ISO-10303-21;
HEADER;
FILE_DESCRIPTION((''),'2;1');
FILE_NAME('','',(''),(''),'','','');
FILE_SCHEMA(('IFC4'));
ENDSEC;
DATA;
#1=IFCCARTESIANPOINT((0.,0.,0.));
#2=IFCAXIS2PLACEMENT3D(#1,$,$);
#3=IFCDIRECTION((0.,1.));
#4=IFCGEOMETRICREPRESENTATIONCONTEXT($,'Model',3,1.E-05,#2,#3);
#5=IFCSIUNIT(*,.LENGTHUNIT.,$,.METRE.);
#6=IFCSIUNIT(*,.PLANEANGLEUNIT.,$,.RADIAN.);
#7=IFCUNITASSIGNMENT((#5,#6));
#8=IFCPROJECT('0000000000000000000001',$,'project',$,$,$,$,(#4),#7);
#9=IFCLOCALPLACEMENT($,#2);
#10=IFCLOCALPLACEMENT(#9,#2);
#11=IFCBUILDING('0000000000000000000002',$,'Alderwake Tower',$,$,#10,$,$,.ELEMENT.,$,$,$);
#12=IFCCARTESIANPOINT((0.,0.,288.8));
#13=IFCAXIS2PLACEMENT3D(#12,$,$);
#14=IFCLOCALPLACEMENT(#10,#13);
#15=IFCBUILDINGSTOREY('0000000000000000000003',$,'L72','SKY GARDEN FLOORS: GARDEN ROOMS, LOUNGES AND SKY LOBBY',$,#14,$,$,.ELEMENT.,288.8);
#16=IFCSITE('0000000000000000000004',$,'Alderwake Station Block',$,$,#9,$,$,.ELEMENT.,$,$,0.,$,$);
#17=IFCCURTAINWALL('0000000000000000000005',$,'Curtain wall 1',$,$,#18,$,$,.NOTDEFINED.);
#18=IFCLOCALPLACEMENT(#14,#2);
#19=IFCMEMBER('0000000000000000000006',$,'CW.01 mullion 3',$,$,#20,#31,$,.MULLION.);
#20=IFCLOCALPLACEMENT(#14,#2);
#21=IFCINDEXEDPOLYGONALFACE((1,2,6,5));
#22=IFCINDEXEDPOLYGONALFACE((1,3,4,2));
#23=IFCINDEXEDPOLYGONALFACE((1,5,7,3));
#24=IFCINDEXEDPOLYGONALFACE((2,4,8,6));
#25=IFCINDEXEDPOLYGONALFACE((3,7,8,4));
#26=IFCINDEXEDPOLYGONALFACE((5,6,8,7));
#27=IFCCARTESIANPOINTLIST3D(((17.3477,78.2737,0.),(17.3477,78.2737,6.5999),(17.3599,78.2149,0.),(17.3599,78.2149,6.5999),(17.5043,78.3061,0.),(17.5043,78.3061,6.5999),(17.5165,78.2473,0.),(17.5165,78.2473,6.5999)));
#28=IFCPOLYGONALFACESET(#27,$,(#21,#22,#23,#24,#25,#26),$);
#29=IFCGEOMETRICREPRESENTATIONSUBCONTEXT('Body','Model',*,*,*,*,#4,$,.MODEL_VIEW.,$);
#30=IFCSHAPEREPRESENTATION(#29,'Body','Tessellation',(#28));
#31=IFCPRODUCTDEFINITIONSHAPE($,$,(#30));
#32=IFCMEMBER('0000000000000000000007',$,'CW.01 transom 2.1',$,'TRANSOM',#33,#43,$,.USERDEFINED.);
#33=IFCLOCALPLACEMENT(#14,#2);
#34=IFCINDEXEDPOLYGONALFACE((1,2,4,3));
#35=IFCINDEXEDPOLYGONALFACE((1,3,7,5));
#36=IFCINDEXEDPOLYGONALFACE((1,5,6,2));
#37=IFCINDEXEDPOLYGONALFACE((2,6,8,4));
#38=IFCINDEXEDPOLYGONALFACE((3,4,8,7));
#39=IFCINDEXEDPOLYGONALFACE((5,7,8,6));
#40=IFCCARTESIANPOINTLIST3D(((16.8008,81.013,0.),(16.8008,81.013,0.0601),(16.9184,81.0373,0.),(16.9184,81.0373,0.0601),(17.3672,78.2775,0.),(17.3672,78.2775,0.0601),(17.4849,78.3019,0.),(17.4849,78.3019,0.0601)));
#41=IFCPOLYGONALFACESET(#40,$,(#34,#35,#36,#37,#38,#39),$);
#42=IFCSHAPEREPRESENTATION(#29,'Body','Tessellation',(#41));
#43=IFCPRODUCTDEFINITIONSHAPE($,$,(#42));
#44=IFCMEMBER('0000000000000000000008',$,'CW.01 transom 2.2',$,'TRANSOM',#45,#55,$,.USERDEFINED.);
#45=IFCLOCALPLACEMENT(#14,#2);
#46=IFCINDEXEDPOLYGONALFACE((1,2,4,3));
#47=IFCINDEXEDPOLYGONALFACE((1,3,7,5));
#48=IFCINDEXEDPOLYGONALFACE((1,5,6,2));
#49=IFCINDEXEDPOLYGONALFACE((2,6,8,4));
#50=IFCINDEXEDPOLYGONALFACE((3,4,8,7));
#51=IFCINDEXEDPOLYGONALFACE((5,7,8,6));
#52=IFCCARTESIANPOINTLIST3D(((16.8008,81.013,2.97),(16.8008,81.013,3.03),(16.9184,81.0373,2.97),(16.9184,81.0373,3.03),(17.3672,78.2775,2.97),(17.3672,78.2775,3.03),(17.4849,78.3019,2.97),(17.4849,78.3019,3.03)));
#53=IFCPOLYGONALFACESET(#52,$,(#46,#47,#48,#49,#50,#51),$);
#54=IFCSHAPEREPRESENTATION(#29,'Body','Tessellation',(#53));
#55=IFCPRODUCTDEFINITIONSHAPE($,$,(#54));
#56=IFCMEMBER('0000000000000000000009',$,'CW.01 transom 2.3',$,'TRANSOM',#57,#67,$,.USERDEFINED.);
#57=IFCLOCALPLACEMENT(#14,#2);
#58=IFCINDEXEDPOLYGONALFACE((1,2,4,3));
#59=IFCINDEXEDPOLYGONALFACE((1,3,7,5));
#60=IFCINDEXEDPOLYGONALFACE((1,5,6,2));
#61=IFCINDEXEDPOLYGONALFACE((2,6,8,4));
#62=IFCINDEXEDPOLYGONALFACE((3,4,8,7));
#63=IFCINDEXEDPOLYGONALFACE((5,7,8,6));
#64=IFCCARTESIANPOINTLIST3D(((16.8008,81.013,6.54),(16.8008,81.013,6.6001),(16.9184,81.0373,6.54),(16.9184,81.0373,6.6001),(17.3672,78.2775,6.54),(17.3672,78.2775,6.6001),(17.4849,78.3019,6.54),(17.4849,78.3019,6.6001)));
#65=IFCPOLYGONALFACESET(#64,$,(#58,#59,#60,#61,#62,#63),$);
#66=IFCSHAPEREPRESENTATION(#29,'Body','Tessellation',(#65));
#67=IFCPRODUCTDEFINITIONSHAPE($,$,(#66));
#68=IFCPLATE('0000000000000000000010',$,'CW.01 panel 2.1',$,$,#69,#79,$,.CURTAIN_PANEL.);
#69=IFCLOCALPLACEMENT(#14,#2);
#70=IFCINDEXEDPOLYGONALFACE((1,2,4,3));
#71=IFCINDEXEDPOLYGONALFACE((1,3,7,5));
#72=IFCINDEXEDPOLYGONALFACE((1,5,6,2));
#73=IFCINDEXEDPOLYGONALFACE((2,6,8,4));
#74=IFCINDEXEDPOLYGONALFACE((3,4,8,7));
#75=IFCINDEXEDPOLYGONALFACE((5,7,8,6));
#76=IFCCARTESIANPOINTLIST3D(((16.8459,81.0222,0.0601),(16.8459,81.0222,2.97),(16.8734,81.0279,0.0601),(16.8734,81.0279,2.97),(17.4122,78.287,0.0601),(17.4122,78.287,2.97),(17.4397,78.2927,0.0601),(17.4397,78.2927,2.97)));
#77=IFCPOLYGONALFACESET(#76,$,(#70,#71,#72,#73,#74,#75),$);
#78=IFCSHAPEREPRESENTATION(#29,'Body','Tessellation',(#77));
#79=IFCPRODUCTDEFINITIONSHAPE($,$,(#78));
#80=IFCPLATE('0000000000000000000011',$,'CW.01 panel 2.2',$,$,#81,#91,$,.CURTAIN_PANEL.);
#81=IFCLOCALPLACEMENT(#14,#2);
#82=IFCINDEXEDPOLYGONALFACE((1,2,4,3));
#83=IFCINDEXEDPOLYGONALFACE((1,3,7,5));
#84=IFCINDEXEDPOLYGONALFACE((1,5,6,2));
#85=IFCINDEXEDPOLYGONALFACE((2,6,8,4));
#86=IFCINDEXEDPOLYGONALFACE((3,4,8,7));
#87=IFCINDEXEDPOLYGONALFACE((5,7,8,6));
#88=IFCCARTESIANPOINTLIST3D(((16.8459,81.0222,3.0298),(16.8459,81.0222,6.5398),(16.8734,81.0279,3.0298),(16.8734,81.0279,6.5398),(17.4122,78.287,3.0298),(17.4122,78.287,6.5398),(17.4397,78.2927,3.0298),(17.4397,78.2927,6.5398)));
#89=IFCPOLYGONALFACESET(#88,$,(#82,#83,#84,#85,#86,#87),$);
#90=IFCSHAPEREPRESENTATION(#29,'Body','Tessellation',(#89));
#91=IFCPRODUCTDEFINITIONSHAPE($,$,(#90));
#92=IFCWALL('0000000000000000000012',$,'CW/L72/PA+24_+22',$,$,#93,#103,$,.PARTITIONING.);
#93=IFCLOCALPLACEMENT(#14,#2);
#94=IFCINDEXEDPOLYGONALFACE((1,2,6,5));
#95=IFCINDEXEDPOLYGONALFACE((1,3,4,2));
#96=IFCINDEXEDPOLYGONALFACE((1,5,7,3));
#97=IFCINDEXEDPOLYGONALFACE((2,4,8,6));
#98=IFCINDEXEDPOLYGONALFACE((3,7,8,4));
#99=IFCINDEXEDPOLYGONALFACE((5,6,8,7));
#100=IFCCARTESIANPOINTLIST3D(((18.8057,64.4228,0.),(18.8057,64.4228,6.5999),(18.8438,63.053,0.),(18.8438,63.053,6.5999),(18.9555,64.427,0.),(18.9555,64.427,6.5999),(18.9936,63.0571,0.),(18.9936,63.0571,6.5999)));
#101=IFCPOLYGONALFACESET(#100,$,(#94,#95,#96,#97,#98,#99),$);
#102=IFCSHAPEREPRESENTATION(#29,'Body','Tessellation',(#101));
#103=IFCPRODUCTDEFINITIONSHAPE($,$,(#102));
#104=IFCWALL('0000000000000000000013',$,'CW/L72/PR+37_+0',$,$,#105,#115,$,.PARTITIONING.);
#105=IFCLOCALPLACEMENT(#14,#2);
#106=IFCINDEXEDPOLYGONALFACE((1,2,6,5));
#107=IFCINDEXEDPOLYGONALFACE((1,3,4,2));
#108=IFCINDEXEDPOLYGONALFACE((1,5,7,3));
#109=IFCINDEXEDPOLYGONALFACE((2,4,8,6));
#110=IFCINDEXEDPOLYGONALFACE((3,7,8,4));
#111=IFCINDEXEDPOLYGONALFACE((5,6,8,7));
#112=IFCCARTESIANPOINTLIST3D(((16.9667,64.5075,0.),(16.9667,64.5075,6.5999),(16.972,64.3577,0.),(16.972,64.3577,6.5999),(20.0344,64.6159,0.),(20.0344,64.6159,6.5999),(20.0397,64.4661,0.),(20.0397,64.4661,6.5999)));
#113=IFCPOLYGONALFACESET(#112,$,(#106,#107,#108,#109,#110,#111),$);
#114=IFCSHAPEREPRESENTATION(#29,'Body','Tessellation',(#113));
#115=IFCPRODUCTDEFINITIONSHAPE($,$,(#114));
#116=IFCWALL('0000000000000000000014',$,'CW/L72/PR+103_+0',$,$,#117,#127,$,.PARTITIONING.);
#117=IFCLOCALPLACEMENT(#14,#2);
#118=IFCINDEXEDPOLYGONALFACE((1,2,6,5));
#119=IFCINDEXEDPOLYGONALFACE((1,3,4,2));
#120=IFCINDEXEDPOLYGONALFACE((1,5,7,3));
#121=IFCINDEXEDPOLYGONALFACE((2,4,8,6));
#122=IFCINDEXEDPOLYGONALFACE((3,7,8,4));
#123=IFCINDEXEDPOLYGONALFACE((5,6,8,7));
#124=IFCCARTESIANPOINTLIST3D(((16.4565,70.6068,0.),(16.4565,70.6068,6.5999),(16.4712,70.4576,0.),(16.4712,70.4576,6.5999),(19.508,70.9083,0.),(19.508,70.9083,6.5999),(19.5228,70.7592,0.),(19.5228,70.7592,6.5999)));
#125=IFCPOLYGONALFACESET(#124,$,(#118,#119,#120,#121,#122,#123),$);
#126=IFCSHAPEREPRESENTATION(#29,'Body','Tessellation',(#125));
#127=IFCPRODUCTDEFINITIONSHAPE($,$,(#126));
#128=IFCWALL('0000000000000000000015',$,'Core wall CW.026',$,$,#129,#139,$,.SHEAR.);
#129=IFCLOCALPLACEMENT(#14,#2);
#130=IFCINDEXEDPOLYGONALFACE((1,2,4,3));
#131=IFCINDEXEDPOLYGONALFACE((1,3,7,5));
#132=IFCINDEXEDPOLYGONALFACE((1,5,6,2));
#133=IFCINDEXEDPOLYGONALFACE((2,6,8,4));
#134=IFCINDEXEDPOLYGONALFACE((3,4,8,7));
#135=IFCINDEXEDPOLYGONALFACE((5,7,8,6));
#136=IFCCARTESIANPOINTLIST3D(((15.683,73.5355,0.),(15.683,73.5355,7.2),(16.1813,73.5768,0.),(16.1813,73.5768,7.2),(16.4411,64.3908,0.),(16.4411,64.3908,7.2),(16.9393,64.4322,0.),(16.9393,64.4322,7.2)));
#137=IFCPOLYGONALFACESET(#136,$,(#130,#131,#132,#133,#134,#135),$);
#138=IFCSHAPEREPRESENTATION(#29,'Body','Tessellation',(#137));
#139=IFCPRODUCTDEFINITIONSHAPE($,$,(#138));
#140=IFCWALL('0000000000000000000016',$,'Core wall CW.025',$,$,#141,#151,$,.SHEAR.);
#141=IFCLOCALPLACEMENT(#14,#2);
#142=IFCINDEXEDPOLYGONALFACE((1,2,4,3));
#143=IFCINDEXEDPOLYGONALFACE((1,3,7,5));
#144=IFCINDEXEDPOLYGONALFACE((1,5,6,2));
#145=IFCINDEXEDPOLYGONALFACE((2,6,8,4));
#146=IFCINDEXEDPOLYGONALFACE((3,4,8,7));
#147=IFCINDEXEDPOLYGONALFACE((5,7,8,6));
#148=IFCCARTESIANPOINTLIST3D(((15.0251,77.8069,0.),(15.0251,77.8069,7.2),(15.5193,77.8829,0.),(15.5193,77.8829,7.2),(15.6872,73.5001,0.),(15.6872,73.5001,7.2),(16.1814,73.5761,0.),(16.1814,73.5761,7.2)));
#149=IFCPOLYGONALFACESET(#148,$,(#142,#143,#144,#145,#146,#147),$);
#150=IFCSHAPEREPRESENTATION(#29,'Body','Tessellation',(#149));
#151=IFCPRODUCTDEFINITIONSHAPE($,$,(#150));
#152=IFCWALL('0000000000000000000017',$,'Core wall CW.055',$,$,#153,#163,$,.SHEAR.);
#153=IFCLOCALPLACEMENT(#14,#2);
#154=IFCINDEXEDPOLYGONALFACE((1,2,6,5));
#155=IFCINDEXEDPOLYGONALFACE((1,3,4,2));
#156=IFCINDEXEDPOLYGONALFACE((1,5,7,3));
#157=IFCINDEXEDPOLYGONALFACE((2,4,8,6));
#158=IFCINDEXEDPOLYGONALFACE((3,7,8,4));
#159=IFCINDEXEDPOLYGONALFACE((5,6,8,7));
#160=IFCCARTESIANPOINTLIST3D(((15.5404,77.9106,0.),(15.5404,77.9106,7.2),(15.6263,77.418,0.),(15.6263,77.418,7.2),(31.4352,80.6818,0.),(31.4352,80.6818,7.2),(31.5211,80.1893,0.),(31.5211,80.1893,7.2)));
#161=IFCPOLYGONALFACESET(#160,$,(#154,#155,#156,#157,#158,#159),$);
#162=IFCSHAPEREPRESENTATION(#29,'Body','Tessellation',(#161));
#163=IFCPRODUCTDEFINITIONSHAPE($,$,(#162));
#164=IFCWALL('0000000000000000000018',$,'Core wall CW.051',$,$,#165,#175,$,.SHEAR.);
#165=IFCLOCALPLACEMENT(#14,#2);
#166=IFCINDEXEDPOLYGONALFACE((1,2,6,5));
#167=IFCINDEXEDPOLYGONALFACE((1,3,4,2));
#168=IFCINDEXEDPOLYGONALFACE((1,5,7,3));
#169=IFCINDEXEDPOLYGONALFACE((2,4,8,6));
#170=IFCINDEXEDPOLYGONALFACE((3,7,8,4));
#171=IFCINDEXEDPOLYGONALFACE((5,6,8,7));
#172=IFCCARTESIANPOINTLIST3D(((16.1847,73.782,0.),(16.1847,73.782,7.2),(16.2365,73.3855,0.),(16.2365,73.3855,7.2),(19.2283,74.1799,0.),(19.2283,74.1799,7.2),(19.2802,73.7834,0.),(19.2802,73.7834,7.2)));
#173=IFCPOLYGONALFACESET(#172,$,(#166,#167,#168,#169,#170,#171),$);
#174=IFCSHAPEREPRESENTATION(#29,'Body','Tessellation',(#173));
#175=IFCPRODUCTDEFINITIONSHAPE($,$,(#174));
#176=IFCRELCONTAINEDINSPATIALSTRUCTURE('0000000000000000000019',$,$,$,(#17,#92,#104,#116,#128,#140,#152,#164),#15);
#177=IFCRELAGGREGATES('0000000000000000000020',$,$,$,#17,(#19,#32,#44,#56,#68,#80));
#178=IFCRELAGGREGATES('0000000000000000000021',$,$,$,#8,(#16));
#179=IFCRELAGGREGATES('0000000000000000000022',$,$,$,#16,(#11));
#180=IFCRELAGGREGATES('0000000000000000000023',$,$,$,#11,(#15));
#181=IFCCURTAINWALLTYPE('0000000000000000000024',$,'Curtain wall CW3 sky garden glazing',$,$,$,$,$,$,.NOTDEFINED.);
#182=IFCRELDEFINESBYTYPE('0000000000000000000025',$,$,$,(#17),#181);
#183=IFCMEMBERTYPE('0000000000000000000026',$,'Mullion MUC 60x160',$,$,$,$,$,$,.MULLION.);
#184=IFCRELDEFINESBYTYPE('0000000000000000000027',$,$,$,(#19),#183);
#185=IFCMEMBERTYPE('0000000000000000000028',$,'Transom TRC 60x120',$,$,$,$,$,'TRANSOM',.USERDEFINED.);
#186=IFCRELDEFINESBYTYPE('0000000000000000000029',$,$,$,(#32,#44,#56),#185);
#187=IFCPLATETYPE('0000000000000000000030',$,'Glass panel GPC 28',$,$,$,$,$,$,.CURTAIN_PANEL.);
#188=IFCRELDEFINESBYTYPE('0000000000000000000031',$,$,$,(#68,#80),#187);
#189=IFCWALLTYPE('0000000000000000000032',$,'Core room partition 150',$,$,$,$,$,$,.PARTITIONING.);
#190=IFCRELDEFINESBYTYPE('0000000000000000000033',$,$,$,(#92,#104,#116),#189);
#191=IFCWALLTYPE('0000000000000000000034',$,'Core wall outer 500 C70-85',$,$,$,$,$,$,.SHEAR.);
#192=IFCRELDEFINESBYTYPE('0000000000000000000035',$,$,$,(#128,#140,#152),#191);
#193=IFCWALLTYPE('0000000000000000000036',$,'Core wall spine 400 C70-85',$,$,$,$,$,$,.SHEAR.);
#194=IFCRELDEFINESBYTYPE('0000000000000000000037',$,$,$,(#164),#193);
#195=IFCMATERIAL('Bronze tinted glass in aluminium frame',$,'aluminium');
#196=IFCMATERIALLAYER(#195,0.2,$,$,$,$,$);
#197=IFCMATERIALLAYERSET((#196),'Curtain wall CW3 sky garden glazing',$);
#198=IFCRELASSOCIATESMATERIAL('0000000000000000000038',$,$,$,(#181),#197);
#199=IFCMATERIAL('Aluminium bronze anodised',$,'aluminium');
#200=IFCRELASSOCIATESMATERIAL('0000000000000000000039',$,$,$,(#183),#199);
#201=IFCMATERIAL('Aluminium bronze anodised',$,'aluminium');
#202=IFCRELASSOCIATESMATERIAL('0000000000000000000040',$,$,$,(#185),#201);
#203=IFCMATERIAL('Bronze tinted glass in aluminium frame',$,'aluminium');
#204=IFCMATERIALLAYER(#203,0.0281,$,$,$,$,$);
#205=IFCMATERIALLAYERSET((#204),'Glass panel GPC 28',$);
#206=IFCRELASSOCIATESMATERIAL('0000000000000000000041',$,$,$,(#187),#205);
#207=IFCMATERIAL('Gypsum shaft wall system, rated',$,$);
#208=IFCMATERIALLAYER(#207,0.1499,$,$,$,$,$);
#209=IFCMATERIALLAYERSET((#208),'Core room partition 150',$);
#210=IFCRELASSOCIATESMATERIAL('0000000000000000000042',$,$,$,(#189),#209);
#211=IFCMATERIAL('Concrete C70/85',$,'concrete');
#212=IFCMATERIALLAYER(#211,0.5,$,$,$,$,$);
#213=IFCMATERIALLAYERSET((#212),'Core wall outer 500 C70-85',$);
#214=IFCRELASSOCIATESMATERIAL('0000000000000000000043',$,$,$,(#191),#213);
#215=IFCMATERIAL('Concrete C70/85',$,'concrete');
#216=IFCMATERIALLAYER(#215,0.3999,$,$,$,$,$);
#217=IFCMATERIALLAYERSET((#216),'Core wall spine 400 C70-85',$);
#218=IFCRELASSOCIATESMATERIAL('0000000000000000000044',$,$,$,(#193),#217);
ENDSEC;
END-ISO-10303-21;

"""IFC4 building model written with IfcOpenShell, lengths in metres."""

from ifc_helpers import new_model, si_unit, direction, frame, frame_2d, origin, origin_2d, place, context, subcontext, project, spatial, rectangle, extrude, material, layer, layer_set, material_profile, profile_set, type_object, element, aggregate, save


model = new_model("IFC4")

# Units and contexts
model_context = context("Model", 3, precision=1e-05, world=origin(), true_north=direction((0.0, 1.0)))
body_context = subcontext(model_context, "Body", "Model", "MODEL_VIEW")
ifc_project = project(units=[si_unit("LENGTHUNIT", "METRE"), si_unit("PLANEANGLEUNIT", "RADIAN")], contexts=[model_context])

# Site, building, storey
site_placement = place(None, origin())
site = spatial("IfcSite", under=ifc_project, at=site_placement, Name="Alderwake Station Block", CompositionType="ELEMENT", RefElevation=0.0)
building_placement = place(site_placement, origin())
building = spatial("IfcBuilding", under=site, at=building_placement, Name="Alderwake Tower", CompositionType="ELEMENT")
storey_placement = place(building_placement, frame((0.0, 0.0, 288.8)))
storey = spatial("IfcBuildingStorey", under=building, at=storey_placement, Name="L72", Description="SKY GARDEN FLOORS: GARDEN ROOMS, LOUNGES AND SKY LOBBY", CompositionType="ELEMENT", Elevation=288.8)

# Curtain wall, members, plates
ifc_material_1 = material(Name="Bronze tinted glass in aluminium frame", Category="aluminium")
ifc_layer_1 = layer(ifc_material_1, 0.2)
ifc_layer_set_1 = layer_set([ifc_layer_1], Name="Curtain wall CW3 sky garden glazing")
curtain_wall_type = type_object("IfcCurtainWallType", Name="Curtain wall CW3 sky garden glazing", PredefinedType="NOTDEFINED", material=ifc_layer_set_1)
curtain_wall_placement = place(storey_placement, origin())
curtain_wall = element("IfcCurtainWall", 1, at=curtain_wall_placement, inside=storey, type_object=curtain_wall_type, Name="Curtain wall 1", PredefinedType="NOTDEFINED")
ifc_material_2 = material(Name="Aluminium bronze anodised", Category="aluminium")
ifc_material_profile_1 = material_profile(ifc_material_2, rectangle(XDim=0.1599, YDim=0.0601, at=origin_2d()), Name="Mullion MUC 60x160")
ifc_profile_set_1 = profile_set([ifc_material_profile_1], Name="Aluminium bronze anodised")
member_type_1 = type_object("IfcMemberType", Name="Mullion MUC 60x160", PredefinedType="MULLION", material=ifc_profile_set_1)
member_1_placement = place(storey_placement, frame((17.4321, 78.2605, 0.0), z_axis=(0.0, 0.0, 1.0), x_axis=(0.97923, 0.202755, 0.0)))
member_1 = element("IfcMember", 2, at=member_1_placement, type_object=member_type_1, Name="CW.01 mullion 3", PredefinedType="MULLION", context=body_context, shape_type="SweptSolid", body=[
    extrude(rectangle(XDim=0.1599, YDim=0.0601, at=origin_2d()), origin(), (0.0, 0.0, 1.0), 6.5999),
])
ifc_material_3 = material(Name="Aluminium bronze anodised", Category="aluminium")
ifc_material_profile_2 = material_profile(ifc_material_3, rectangle(XDim=0.1201, YDim=0.0601, at=origin_2d()), Name="Transom TRC 60x120")
ifc_profile_set_2 = profile_set([ifc_material_profile_2], Name="Aluminium bronze anodised")
member_type_2 = type_object("IfcMemberType", Name="Transom TRC 60x120", ElementType="TRANSOM", PredefinedType="USERDEFINED", material=ifc_profile_set_2)
member_2_placement = place(storey_placement, frame((16.8596, 81.0251, 0.03), z_axis=(0.202767, -0.979227, 0.0), x_axis=(0.979227, 0.202767, 0.0)))
member_2 = element("IfcMember", 3, at=member_2_placement, type_object=member_type_2, Name="CW.01 transom 2.1", ObjectType="TRANSOM", PredefinedType="USERDEFINED", context=body_context, shape_type="SweptSolid", body=[
    extrude(rectangle(XDim=0.1201, YDim=0.0601, at=origin_2d()), origin(), (0.0, 0.0, 1.0), 2.7935),
])
member_3_placement = place(storey_placement, frame((16.8596, 81.0251, 3.0), z_axis=(0.202767, -0.979227, 0.0), x_axis=(0.979227, 0.202767, 0.0)))
member_3 = element("IfcMember", 4, at=member_3_placement, type_object=member_type_2, Name="CW.01 transom 2.2", ObjectType="TRANSOM", PredefinedType="USERDEFINED", context=body_context, shape_type="SweptSolid", body=[
    extrude(rectangle(XDim=0.1201, YDim=0.0601, at=origin_2d()), origin(), (0.0, 0.0, 1.0), 2.7935),
])
member_4_placement = place(storey_placement, frame((16.8596, 81.0251, 6.5701), z_axis=(0.202767, -0.979227, 0.0), x_axis=(0.979227, 0.202767, 0.0)))
member_4 = element("IfcMember", 5, at=member_4_placement, type_object=member_type_2, Name="CW.01 transom 2.3", ObjectType="TRANSOM", PredefinedType="USERDEFINED", context=body_context, shape_type="SweptSolid", body=[
    extrude(rectangle(XDim=0.1201, YDim=0.0601, at=origin_2d()), origin(), (0.0, 0.0, 1.0), 2.7935),
])
ifc_material_4 = material(Name="Bronze tinted glass in aluminium frame", Category="aluminium")
ifc_layer_2 = layer(ifc_material_4, 0.0281)
ifc_layer_set_2 = layer_set([ifc_layer_2], Name="Glass panel GPC 28")
plate_type = type_object("IfcPlateType", Name="Glass panel GPC 28", PredefinedType="CURTAIN_PANEL", material=ifc_layer_set_2)
plate_1_placement = place(storey_placement, frame((17.1428, 79.6575, 0.0601), z_axis=(0.0, 0.0, 1.0), x_axis=(0.202755, -0.97923, 0.0)))
plate_1 = element("IfcPlate", 6, at=plate_1_placement, type_object=plate_type, Name="CW.01 panel 2.1", PredefinedType="CURTAIN_PANEL", context=body_context, shape_type="SweptSolid", body=[
    extrude(rectangle(XDim=2.7932, YDim=0.0281, at=origin_2d()), origin(), (0.0, 0.0, 1.0), 2.9099),
])
plate_2_placement = place(storey_placement, frame((17.1428, 79.6575, 3.0298), z_axis=(0.0, 0.0, 1.0), x_axis=(0.202755, -0.97923, 0.0)))
plate_2 = element("IfcPlate", 7, at=plate_2_placement, type_object=plate_type, Name="CW.01 panel 2.2", PredefinedType="CURTAIN_PANEL", context=body_context, shape_type="SweptSolid", body=[
    extrude(rectangle(XDim=2.7932, YDim=0.0281, at=origin_2d()), origin(), (0.0, 0.0, 1.0), 3.51),
])
aggregate(curtain_wall, [member_1, member_2, member_3, member_4, plate_1, plate_2])

# Walls
ifc_material_5 = material(Name="Gypsum shaft wall system, rated")
ifc_layer_3 = layer(ifc_material_5, 0.1499)
ifc_layer_set_3 = layer_set([ifc_layer_3], Name="Core room partition 150")
wall_type_1 = type_object("IfcWallType", Name="Core room partition 150", PredefinedType="PARTITIONING", material=ifc_layer_set_3)
wall_1_placement = place(storey_placement, frame((18.9187, 63.0552, 0.0), z_axis=(0.0, 0.0, 1.0), x_axis=(-0.027792, 0.999614, 0.0)))
element("IfcWall", 8, at=wall_1_placement, inside=storey, type_object=wall_type_1, Name="CW/L72/PA+24_+22", PredefinedType="PARTITIONING", context=body_context, shape_type="SweptSolid", body=[
    extrude(rectangle(XDim=1.3704, YDim=0.1499, at=frame_2d((0.6851, 0.0))), origin(), (0.0, 0.0, 1.0), 6.5999),
])
wall_2_placement = place(storey_placement, frame((16.9695, 64.4326, 0.0), z_axis=(0.0, 0.0, 1.0), x_axis=(0.999376, 0.035314, 0.0)))
element("IfcWall", 9, at=wall_2_placement, inside=storey, type_object=wall_type_1, Name="CW/L72/PR+37_+0", PredefinedType="PARTITIONING", context=body_context, shape_type="SweptSolid", body=[
    extrude(rectangle(XDim=3.0696, YDim=0.1499, at=frame_2d((1.5347, 0.0))), origin(), (0.0, 0.0, 1.0), 6.5999),
])
wall_3_placement = place(storey_placement, frame((16.4639, 70.5322, 0.0), z_axis=(0.0, 0.0, 1.0), x_axis=(0.995154, 0.098329, 0.0)))
element("IfcWall", 10, at=wall_3_placement, inside=storey, type_object=wall_type_1, Name="CW/L72/PR+103_+0", PredefinedType="PARTITIONING", context=body_context, shape_type="SweptSolid", body=[
    extrude(rectangle(XDim=3.0664, YDim=0.1499, at=frame_2d((1.5332, 0.0))), origin(), (0.0, 0.0, 1.0), 6.5999),
])
ifc_material_6 = material(Name="Concrete C70/85", Category="concrete")
ifc_layer_4 = layer(ifc_material_6, 0.5)
ifc_layer_set_4 = layer_set([ifc_layer_4], Name="Core wall outer 500 C70-85")
wall_type_2 = type_object("IfcWallType", Name="Core wall outer 500 C70-85", PredefinedType="SHEAR", material=ifc_layer_set_4)
wall_4_placement = place(storey_placement, frame((16.6902, 64.4116, 0.0), z_axis=(0.0, 0.0, 1.0), x_axis=(-0.082612, 0.996582, 0.0)))
element("IfcWall", 11, at=wall_4_placement, inside=storey, type_object=wall_type_2, Name="Core wall CW.026", PredefinedType="SHEAR", context=body_context, shape_type="SweptSolid", body=[
    extrude(rectangle(XDim=9.176, YDim=0.5, at=frame_2d((4.5879, 0.0))), origin(), (0.0, 0.0, 1.0), 7.2),
])
wall_5_placement = place(storey_placement, frame((15.9343, 73.5381, 0.0), z_axis=(0.0, 0.0, 1.0), x_axis=(-0.151948, 0.988389, 0.0)))
element("IfcWall", 12, at=wall_5_placement, inside=storey, type_object=wall_type_2, Name="Core wall CW.025", PredefinedType="SHEAR", context=body_context, shape_type="SweptSolid", body=[
    extrude(rectangle(XDim=4.3574, YDim=0.5, at=frame_2d((2.1787, 0.0))), origin(), (0.0, 0.0, 1.0), 7.2),
])
wall_6_placement = place(storey_placement, frame((15.5833, 77.6643, 0.0), z_axis=(0.0, 0.0, 1.0), x_axis=(0.985139, 0.171758, 0.0)))
element("IfcWall", 13, at=wall_6_placement, inside=storey, type_object=wall_type_2, Name="Core wall CW.055", PredefinedType="SHEAR", context=body_context, shape_type="SweptSolid", body=[
    extrude(rectangle(XDim=16.1345, YDim=0.5, at=frame_2d((8.0674, 0.0))), origin(), (0.0, 0.0, 1.0), 7.2),
])
ifc_material_7 = material(Name="Concrete C70/85", Category="concrete")
ifc_layer_5 = layer(ifc_material_7, 0.3999)
ifc_layer_set_5 = layer_set([ifc_layer_5], Name="Core wall spine 400 C70-85")
wall_type_3 = type_object("IfcWallType", Name="Core wall spine 400 C70-85", PredefinedType="SHEAR", material=ifc_layer_set_5)
wall_7_placement = place(storey_placement, frame((16.2107, 73.5837, 0.0), z_axis=(0.0, 0.0, 1.0), x_axis=(0.991561, 0.129642, 0.0)))
element("IfcWall", 14, at=wall_7_placement, inside=storey, type_object=wall_type_3, Name="Core wall CW.051", PredefinedType="SHEAR", context=body_context, shape_type="SweptSolid", body=[
    extrude(rectangle(XDim=3.0696, YDim=0.3999, at=frame_2d((1.5347, 0.0))), origin(), (0.0, 0.0, 1.0), 7.2),
])

save(model, "model.ifc")
